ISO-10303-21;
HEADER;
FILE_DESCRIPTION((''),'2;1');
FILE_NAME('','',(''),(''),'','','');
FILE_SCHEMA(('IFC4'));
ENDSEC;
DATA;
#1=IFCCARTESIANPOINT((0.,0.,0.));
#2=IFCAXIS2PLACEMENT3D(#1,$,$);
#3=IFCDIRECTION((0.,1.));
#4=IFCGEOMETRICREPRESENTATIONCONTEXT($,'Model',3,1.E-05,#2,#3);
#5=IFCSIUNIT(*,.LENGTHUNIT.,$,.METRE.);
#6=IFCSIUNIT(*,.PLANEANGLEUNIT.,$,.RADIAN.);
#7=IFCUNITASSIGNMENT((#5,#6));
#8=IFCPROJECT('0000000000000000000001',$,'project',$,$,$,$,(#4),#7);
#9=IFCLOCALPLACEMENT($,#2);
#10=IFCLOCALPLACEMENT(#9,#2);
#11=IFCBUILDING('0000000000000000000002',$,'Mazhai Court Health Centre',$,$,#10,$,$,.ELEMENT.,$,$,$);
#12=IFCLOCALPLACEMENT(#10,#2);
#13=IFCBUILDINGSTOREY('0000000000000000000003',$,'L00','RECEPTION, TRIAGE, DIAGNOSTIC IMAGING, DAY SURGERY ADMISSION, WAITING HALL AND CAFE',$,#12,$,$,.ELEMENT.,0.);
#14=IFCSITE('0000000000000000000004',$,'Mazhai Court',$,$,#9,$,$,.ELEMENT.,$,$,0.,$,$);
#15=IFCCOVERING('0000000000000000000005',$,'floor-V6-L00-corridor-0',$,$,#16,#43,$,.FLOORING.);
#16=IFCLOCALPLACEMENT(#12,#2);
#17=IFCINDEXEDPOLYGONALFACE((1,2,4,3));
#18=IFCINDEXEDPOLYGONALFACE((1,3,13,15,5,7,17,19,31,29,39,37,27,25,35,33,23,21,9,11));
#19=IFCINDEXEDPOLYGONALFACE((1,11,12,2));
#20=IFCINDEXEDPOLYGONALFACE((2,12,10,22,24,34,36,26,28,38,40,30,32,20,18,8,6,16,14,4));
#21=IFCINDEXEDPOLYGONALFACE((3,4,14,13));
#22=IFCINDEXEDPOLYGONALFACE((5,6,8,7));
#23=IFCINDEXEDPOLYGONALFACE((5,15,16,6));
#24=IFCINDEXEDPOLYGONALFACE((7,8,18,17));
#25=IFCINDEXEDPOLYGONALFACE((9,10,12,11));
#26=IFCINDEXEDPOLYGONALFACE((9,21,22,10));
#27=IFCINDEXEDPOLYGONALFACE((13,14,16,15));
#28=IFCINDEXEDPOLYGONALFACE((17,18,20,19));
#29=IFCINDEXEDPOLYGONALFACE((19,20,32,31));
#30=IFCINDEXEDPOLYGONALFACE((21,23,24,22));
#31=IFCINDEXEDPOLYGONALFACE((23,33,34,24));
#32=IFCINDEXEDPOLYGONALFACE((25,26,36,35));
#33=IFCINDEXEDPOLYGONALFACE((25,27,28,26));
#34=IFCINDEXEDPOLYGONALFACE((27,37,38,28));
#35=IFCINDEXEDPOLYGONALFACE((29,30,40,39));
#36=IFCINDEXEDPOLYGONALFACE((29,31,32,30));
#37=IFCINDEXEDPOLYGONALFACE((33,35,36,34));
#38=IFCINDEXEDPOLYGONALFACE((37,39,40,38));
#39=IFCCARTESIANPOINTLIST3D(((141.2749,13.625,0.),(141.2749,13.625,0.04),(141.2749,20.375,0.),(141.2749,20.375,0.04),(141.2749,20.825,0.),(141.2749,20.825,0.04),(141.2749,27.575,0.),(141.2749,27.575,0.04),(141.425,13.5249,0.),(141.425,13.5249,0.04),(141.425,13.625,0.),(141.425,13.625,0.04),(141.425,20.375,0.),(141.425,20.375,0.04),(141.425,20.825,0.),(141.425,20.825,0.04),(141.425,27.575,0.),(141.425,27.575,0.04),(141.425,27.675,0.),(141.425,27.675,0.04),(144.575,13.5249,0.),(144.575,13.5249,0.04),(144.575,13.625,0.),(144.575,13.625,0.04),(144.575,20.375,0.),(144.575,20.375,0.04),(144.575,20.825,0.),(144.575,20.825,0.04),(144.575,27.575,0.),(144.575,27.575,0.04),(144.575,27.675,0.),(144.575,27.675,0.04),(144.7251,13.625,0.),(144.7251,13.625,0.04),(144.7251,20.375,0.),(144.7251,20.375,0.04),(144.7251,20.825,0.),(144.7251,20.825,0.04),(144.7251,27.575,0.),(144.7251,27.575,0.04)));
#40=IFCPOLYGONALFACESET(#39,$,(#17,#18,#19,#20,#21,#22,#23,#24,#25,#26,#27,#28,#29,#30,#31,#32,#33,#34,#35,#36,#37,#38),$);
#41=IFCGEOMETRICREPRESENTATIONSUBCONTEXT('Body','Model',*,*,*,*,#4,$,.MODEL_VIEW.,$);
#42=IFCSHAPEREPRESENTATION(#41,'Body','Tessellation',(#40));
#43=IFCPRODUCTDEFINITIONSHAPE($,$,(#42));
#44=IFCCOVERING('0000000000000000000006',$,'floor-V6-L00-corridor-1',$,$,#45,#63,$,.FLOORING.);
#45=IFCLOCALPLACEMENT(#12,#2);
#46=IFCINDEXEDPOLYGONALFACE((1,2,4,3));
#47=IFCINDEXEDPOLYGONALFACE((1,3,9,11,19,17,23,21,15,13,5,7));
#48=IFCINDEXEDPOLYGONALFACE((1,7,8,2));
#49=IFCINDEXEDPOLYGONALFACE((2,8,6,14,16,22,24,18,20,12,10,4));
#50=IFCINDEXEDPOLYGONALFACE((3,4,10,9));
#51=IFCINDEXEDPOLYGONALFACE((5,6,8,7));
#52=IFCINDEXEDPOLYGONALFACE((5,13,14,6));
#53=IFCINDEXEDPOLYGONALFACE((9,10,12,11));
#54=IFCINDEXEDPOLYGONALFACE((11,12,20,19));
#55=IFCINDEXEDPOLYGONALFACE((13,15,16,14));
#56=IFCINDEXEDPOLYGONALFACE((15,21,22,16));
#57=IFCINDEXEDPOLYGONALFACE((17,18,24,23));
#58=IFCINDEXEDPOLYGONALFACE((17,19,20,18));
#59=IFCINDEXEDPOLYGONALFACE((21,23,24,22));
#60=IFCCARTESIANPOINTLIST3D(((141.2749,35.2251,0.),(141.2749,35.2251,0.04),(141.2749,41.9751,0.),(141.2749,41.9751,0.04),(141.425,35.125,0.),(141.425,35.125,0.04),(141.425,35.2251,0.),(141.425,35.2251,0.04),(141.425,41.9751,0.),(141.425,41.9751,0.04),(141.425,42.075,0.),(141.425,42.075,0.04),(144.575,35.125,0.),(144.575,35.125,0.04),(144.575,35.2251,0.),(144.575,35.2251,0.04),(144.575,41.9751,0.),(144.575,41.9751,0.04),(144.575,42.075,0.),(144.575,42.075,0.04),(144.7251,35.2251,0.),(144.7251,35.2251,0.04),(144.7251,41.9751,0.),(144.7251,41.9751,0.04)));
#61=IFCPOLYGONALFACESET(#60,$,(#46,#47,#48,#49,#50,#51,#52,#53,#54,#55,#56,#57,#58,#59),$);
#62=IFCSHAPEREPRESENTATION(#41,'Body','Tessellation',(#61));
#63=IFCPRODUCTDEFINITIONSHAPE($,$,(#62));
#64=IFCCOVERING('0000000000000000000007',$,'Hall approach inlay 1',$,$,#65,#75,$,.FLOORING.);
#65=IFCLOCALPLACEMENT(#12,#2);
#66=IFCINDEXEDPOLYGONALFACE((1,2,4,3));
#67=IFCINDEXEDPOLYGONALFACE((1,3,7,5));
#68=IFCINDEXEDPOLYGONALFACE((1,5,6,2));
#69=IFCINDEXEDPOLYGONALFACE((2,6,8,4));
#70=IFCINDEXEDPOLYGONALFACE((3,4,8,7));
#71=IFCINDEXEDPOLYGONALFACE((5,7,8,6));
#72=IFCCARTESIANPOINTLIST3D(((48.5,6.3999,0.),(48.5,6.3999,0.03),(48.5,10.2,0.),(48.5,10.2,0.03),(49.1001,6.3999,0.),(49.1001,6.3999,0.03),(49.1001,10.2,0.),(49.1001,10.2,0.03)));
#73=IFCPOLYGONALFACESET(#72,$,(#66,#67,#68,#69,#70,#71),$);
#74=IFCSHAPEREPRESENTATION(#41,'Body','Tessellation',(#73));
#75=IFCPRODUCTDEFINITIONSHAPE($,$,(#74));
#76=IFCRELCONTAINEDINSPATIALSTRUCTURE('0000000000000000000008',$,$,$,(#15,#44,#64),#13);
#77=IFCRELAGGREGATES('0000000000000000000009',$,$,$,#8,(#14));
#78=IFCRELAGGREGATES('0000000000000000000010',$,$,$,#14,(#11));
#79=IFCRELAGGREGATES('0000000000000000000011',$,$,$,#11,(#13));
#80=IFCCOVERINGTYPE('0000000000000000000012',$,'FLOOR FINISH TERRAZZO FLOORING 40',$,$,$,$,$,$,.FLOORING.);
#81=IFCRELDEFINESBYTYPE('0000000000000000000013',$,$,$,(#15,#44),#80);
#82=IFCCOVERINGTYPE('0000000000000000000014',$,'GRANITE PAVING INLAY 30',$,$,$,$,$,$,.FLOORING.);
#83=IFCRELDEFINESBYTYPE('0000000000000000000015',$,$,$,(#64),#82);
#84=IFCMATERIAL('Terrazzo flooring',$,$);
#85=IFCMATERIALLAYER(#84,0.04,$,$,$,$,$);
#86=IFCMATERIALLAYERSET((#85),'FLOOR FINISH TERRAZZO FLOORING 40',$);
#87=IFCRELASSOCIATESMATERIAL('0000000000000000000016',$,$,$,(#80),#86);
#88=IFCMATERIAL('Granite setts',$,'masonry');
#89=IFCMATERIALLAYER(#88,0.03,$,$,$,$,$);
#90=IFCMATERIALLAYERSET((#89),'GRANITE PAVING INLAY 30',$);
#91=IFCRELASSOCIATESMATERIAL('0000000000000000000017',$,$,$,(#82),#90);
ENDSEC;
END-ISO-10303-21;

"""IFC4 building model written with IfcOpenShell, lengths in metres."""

from ifc_helpers import new_model, si_unit, direction, origin, place, context, subcontext, project, spatial, polyline, outline, extrude, material, layer, layer_set, type_object, element, save


model = new_model("IFC4")

# Units and contexts
model_context = context("Model", 3, precision=1e-05, world=origin(), true_north=direction((0.0, 1.0)))
body_context = subcontext(model_context, "Body", "Model", "MODEL_VIEW")
ifc_project = project(units=[si_unit("LENGTHUNIT", "METRE"), si_unit("PLANEANGLEUNIT", "RADIAN")], contexts=[model_context])

# Site, building, storey
site_placement = place(None, origin())
site = spatial("IfcSite", under=ifc_project, at=site_placement, Name="Mazhai Court", CompositionType="ELEMENT", RefElevation=0.0)
building_placement = place(site_placement, origin())
building = spatial("IfcBuilding", under=site, at=building_placement, Name="Mazhai Court Health Centre", CompositionType="ELEMENT")
storey_placement = place(building_placement, origin())
storey = spatial("IfcBuildingStorey", under=building, at=storey_placement, Name="L00", Description="RECEPTION, TRIAGE, DIAGNOSTIC IMAGING, DAY SURGERY ADMISSION, WAITING HALL AND CAFE", CompositionType="ELEMENT", Elevation=0.0)

# Coverings
ifc_material_1 = material(Name="Terrazzo flooring")
ifc_layer_1 = layer(ifc_material_1, 0.04)
ifc_layer_set_1 = layer_set([ifc_layer_1], Name="FLOOR FINISH TERRAZZO FLOORING 40")
covering_type_1 = type_object("IfcCoveringType", Name="FLOOR FINISH TERRAZZO FLOORING 40", PredefinedType="FLOORING", material=ifc_layer_set_1)
covering_1_placement = place(storey_placement, origin())
element("IfcCovering", 1, at=covering_1_placement, inside=storey, type_object=covering_type_1, Name="floor-V6-L00-corridor-0", PredefinedType="FLOORING", context=body_context, shape_type="SweptSolid", body=[
    extrude(outline(polyline([(144.575, 13.5249), (144.575, 13.625), (144.7251, 13.625), (144.7251, 20.375), (144.575, 20.375), (144.575, 20.825), (144.7251, 20.825), (144.7251, 27.575), (144.575, 27.575), (144.575, 27.675), (141.425, 27.675), (141.425, 27.575), (141.2749, 27.575), (141.2749, 20.825), (141.425, 20.825), (141.425, 20.375), (141.2749, 20.375), (141.2749, 13.625), (141.425, 13.625), (141.425, 13.5249), (144.575, 13.5249)])), origin(), (0.0, 0.0, 1.0), 0.04),
])
covering_2_placement = place(storey_placement, origin())
element("IfcCovering", 2, at=covering_2_placement, inside=storey, type_object=covering_type_1, Name="floor-V6-L00-corridor-1", PredefinedType="FLOORING", context=body_context, shape_type="SweptSolid", body=[
    extrude(outline(polyline([(144.575, 35.125), (144.575, 35.2251), (144.7251, 35.2251), (144.7251, 41.9751), (144.575, 41.9751), (144.575, 42.075), (141.425, 42.075), (141.425, 41.9751), (141.2749, 41.9751), (141.2749, 35.2251), (141.425, 35.2251), (141.425, 35.125), (144.575, 35.125)])), origin(), (0.0, 0.0, 1.0), 0.04),
])
ifc_material_2 = material(Name="Granite setts", Category="masonry")
ifc_layer_2 = layer(ifc_material_2, 0.03)
ifc_layer_set_2 = layer_set([ifc_layer_2], Name="GRANITE PAVING INLAY 30")
covering_type_2 = type_object("IfcCoveringType", Name="GRANITE PAVING INLAY 30", PredefinedType="FLOORING", material=ifc_layer_set_2)
covering_3_placement = place(storey_placement, origin())
element("IfcCovering", 3, at=covering_3_placement, inside=storey, type_object=covering_type_2, Name="Hall approach inlay 1", PredefinedType="FLOORING", context=body_context, shape_type="SweptSolid", body=[
    extrude(outline(polyline([(48.5, 6.3999), (49.1001, 6.3999), (49.1001, 10.2), (48.5, 10.2), (48.5, 6.3999)])), origin(), (0.0, 0.0, 1.0), 0.03),
])

save(model, "model.ifc")
